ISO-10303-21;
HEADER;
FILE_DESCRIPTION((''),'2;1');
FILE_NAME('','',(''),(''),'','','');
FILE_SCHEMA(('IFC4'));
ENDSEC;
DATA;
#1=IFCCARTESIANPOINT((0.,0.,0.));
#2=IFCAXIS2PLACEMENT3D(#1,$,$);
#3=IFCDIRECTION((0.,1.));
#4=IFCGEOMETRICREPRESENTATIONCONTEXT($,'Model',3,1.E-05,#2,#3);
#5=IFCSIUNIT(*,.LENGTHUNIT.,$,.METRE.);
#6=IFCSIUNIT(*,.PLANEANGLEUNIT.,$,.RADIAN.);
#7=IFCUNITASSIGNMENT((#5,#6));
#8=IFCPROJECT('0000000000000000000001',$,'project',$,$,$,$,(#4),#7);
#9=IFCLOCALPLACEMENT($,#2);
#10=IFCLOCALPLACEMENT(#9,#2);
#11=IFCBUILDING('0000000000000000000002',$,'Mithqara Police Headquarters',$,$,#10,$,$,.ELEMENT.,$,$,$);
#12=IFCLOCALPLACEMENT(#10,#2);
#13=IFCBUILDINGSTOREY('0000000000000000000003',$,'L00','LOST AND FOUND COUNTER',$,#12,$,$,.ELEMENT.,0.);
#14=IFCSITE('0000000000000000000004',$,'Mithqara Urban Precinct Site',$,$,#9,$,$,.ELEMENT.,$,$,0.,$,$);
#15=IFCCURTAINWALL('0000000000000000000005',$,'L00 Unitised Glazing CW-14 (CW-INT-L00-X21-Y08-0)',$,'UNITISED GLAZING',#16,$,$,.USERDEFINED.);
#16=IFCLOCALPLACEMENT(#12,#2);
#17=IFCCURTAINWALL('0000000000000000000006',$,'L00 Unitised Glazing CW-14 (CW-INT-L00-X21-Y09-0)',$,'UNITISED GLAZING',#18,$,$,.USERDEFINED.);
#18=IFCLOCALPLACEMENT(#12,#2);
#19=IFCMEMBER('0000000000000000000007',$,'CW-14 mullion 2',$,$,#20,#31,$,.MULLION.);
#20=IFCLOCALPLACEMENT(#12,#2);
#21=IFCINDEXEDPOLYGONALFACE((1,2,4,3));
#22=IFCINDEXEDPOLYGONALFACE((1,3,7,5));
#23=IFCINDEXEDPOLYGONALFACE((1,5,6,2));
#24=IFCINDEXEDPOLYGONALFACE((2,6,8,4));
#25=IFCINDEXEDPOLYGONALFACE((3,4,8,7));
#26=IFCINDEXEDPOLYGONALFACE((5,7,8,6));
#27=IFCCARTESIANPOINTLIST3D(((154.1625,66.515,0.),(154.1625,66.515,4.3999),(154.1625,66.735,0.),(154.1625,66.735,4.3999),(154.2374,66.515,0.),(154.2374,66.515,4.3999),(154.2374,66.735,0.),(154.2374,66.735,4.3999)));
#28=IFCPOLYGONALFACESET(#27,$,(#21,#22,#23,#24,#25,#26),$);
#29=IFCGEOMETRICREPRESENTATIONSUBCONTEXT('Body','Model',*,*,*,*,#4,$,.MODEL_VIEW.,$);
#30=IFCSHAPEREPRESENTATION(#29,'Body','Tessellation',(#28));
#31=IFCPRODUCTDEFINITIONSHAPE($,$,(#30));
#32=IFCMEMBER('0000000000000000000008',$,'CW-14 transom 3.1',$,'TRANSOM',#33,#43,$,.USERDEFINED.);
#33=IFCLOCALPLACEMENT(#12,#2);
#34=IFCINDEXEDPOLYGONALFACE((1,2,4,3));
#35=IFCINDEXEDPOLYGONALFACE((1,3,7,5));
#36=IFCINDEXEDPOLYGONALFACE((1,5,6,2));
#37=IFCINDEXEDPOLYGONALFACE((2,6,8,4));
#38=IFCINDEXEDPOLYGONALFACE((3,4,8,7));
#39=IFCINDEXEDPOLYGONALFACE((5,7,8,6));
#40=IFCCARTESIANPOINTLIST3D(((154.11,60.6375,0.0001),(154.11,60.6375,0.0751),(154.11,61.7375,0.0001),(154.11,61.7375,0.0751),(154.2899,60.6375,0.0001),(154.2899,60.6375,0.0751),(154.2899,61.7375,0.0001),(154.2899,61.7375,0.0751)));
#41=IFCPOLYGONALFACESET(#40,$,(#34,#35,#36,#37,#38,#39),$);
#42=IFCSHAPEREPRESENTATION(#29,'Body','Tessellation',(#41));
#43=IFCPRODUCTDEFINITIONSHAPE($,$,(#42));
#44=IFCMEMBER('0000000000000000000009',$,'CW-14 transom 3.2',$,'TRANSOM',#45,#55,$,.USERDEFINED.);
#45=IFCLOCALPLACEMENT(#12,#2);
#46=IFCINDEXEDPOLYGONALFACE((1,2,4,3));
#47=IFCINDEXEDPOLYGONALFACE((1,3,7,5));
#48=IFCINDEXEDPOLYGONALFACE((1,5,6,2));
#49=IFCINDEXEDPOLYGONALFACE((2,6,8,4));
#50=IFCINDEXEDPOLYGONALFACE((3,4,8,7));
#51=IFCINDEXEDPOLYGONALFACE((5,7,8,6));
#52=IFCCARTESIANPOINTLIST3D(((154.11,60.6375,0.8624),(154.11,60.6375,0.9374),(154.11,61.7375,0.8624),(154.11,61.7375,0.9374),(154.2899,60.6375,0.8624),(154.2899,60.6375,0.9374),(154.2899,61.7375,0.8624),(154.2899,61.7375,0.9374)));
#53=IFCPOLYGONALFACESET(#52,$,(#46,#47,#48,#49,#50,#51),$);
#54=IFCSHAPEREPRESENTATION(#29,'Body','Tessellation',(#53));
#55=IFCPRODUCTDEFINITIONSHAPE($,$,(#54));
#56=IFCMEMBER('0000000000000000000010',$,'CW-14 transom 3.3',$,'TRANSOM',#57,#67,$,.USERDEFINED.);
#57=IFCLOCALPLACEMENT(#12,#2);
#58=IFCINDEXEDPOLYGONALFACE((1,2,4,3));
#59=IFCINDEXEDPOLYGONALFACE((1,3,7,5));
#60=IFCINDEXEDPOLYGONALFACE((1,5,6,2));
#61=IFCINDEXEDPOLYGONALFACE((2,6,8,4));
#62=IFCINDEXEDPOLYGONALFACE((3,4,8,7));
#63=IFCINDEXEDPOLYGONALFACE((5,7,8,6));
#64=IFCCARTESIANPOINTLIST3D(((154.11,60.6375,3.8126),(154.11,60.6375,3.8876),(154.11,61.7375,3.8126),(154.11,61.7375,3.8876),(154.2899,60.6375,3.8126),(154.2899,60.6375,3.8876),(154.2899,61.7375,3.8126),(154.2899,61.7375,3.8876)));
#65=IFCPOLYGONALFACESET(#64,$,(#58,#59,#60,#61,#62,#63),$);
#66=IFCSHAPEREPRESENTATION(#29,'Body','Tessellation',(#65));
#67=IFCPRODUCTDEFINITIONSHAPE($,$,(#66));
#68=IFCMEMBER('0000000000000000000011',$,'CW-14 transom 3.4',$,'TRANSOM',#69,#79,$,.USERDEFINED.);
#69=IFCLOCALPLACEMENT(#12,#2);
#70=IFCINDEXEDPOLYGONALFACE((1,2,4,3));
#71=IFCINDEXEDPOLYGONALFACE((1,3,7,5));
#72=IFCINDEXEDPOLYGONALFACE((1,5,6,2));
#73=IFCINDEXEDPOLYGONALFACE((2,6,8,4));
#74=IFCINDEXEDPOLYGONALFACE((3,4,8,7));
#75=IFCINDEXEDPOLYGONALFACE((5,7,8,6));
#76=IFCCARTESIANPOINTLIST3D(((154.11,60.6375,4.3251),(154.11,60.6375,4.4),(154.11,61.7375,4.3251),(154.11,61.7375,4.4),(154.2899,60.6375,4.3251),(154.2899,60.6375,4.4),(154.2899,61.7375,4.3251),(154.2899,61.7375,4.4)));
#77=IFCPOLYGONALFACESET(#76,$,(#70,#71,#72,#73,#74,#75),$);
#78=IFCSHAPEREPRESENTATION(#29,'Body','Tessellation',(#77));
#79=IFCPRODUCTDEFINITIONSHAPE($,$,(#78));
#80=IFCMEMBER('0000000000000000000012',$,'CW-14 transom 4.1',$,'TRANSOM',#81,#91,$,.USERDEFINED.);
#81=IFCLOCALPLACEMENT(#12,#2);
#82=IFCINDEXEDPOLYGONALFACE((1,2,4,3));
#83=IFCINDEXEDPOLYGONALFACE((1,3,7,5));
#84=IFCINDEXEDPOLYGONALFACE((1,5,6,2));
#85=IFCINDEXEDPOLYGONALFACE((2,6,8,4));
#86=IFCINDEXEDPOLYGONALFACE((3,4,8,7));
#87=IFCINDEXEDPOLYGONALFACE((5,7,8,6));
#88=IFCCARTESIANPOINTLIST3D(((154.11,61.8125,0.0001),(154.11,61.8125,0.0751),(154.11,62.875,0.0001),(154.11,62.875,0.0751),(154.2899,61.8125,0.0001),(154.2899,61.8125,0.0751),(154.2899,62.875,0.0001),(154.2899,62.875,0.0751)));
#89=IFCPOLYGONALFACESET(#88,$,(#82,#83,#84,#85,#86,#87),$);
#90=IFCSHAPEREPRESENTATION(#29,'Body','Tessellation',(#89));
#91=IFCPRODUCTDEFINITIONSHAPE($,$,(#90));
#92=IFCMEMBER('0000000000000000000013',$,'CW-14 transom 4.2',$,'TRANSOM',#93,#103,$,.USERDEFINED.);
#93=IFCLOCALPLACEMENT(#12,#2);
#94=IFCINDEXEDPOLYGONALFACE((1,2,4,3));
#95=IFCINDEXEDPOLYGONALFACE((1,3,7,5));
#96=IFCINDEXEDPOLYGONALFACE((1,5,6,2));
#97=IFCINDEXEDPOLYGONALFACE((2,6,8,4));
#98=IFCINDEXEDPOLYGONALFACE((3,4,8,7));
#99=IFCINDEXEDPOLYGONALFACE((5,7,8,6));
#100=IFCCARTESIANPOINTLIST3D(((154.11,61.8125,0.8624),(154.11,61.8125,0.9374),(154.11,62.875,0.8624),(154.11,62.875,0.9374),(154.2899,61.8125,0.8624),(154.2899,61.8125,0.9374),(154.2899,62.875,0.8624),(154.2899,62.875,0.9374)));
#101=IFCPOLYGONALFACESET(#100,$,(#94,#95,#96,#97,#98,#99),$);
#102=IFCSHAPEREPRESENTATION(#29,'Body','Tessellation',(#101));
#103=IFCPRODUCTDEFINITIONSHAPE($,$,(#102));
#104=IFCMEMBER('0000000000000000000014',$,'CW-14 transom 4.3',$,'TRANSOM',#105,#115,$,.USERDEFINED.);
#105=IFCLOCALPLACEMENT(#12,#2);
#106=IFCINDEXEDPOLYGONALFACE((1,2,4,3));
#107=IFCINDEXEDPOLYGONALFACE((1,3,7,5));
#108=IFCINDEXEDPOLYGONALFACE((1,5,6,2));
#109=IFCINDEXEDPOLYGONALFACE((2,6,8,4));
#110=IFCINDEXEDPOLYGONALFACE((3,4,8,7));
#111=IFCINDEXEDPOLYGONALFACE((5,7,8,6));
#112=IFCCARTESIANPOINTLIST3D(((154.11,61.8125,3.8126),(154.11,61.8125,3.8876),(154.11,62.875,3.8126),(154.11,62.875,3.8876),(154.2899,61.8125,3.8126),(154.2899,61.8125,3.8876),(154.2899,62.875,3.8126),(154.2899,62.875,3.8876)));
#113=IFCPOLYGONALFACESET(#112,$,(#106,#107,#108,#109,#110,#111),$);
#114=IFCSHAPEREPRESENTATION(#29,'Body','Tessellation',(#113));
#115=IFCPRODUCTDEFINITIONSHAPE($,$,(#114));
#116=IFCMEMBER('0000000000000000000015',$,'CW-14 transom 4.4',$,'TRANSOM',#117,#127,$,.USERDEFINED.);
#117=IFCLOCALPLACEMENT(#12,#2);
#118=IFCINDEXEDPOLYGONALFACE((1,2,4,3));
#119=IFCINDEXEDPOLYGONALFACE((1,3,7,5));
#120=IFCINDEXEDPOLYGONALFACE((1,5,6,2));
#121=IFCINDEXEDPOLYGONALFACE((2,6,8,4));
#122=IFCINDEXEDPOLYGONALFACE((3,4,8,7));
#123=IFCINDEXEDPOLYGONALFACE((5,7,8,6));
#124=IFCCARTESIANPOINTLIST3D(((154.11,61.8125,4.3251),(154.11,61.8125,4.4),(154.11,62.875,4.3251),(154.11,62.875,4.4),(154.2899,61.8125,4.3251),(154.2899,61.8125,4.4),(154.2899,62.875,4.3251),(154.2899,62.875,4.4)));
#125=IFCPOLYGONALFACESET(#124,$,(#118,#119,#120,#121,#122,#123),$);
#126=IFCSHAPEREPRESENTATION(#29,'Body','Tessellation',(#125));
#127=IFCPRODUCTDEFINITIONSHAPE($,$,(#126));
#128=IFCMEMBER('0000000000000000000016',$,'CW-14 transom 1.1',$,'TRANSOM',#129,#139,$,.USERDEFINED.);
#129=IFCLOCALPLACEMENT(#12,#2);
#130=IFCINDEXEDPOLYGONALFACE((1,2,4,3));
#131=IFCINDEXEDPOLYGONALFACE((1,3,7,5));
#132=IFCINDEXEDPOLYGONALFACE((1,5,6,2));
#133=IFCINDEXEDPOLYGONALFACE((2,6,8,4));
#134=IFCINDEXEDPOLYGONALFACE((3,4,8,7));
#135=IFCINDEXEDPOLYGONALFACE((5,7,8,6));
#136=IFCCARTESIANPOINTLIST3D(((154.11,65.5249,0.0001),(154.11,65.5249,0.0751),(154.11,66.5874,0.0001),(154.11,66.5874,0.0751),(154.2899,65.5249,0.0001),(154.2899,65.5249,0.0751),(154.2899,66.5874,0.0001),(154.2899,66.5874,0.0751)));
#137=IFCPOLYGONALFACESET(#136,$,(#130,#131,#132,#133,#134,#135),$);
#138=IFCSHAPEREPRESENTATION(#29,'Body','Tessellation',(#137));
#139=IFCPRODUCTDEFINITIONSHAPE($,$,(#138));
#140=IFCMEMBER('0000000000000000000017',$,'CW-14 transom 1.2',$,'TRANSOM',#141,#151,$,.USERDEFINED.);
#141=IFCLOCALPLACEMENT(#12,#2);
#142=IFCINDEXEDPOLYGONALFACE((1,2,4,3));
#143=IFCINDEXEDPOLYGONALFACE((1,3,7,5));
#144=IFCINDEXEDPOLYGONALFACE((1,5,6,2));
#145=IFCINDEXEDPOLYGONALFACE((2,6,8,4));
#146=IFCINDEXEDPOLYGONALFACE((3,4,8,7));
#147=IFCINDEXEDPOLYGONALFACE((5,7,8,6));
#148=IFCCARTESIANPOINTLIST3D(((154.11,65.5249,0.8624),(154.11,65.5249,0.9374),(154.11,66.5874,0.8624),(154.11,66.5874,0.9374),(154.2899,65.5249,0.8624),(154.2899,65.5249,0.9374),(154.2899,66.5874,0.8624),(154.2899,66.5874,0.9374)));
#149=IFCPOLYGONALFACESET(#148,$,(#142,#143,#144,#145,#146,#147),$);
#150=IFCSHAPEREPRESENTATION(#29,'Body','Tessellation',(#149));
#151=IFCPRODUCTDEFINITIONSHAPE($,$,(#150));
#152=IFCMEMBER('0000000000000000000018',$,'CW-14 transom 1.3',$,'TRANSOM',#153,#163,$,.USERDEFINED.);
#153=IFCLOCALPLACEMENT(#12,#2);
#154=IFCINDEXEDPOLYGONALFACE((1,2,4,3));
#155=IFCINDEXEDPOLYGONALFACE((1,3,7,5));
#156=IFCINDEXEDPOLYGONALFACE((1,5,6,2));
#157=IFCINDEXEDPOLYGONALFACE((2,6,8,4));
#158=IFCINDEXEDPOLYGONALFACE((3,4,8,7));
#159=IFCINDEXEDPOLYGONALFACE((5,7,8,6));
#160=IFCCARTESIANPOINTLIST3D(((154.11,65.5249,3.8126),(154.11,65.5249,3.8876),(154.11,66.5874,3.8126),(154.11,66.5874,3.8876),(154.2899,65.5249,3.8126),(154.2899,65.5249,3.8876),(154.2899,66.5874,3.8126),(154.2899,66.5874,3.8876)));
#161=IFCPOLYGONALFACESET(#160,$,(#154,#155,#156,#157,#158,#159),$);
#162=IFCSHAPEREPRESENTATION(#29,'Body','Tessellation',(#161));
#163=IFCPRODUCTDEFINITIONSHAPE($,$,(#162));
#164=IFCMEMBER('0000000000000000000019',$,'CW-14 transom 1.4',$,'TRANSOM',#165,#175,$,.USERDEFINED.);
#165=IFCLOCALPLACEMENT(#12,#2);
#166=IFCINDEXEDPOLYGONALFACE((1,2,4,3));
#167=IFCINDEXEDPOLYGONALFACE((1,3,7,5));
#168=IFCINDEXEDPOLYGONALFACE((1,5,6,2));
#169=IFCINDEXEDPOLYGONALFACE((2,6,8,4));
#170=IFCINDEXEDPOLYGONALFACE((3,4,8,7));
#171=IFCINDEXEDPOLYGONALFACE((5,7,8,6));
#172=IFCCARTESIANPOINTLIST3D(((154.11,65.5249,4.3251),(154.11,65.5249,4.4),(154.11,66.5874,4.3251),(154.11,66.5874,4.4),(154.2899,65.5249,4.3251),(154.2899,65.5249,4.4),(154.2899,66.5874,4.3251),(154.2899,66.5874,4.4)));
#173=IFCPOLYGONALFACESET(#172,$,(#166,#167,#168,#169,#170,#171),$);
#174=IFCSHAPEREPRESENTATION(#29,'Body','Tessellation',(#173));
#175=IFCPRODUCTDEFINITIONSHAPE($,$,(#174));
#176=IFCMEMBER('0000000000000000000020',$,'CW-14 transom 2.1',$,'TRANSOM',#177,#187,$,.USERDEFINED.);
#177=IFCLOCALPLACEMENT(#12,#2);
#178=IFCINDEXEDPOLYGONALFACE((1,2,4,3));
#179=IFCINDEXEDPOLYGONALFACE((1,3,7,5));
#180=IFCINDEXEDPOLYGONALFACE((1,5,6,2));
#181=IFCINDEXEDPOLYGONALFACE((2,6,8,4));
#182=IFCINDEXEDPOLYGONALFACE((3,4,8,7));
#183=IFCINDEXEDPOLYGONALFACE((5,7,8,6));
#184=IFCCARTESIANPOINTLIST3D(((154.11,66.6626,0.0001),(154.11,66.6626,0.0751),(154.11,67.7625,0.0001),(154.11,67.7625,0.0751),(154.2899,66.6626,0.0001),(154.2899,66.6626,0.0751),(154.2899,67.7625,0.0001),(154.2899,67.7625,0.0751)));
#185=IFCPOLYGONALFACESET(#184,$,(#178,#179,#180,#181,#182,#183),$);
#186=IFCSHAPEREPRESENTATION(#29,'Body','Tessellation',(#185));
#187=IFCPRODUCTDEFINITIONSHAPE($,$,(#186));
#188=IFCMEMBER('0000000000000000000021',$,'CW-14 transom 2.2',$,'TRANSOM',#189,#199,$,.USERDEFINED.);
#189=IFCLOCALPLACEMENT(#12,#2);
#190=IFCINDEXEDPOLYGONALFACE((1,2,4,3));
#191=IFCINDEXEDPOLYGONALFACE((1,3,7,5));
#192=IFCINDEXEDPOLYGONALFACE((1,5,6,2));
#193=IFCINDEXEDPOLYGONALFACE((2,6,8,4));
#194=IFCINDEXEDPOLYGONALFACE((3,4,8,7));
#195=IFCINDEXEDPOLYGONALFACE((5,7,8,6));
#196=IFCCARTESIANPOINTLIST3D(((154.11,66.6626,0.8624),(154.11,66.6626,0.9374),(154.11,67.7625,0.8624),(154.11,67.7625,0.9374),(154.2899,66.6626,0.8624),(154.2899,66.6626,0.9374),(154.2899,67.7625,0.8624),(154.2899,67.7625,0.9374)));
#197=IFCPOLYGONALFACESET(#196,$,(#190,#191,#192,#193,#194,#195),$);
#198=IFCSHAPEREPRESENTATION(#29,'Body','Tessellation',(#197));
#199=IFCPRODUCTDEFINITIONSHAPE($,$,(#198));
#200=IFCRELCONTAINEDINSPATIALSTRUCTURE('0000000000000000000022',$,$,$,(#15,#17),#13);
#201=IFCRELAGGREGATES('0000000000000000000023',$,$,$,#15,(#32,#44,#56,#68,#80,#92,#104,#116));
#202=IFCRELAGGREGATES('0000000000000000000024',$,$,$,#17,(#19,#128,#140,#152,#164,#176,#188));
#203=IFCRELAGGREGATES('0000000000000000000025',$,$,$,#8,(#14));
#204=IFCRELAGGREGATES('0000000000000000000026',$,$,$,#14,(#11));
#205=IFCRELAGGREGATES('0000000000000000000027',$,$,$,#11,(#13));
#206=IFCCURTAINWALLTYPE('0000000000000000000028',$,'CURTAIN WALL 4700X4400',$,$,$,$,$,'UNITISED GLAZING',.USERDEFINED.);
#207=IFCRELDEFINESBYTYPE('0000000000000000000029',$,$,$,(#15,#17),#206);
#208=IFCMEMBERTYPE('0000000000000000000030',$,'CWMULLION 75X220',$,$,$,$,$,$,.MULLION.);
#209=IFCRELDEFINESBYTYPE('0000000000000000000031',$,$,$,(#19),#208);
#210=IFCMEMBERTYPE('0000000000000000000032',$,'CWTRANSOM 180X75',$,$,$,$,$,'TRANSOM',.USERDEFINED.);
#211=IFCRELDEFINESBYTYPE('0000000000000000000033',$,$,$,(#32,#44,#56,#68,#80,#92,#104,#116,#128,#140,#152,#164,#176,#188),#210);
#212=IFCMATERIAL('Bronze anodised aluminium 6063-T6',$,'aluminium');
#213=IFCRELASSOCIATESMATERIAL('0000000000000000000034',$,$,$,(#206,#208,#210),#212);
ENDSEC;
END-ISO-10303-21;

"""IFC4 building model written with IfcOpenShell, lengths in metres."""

from ifc_helpers import new_model, si_unit, direction, frame, origin, origin_2d, place, context, subcontext, project, spatial, rectangle, extrude, material, material_profile, profile_set, type_object, element, aggregate, save


model = new_model("IFC4")

# Units and contexts
model_context = context("Model", 3, precision=1e-05, world=origin(), true_north=direction((0.0, 1.0)))
body_context = subcontext(model_context, "Body", "Model", "MODEL_VIEW")
ifc_project = project(units=[si_unit("LENGTHUNIT", "METRE"), si_unit("PLANEANGLEUNIT", "RADIAN")], contexts=[model_context])

# Site, building, storey
site_placement = place(None, origin())
site = spatial("IfcSite", under=ifc_project, at=site_placement, Name="Mithqara Urban Precinct Site", CompositionType="ELEMENT", RefElevation=0.0)
building_placement = place(site_placement, origin())
building = spatial("IfcBuilding", under=site, at=building_placement, Name="Mithqara Police Headquarters", CompositionType="ELEMENT")
storey_placement = place(building_placement, origin())
storey = spatial("IfcBuildingStorey", under=building, at=storey_placement, Name="L00", Description="LOST AND FOUND COUNTER", CompositionType="ELEMENT", Elevation=0.0)

# Curtain walls, member
ifc_material_1 = material(Name="Bronze anodised aluminium 6063-T6", Category="aluminium")
curtain_wall_type = type_object("IfcCurtainWallType", Name="CURTAIN WALL 4700X4400", ElementType="UNITISED GLAZING", PredefinedType="USERDEFINED", material=ifc_material_1)
curtain_wall_1_placement = place(storey_placement, origin())
curtain_wall_1 = element("IfcCurtainWall", 1, at=curtain_wall_1_placement, inside=storey, type_object=curtain_wall_type, Name="L00 Unitised Glazing CW-14 (CW-INT-L00-X21-Y08-0)", ObjectType="UNITISED GLAZING", PredefinedType="USERDEFINED")
ifc_material_profile_1 = material_profile(ifc_material_1, rectangle(XDim=0.075, YDim=0.22, at=origin_2d()), Name="CWM 75x220")
ifc_profile_set_1 = profile_set([ifc_material_profile_1], Name="Bronze anodised aluminium 6063-T6")
member_type_1 = type_object("IfcMemberType", Name="CWMULLION 75X220", PredefinedType="MULLION", material=ifc_profile_set_1)
curtain_wall_2_placement = place(storey_placement, origin())
curtain_wall_2 = element("IfcCurtainWall", 2, at=curtain_wall_2_placement, inside=storey, type_object=curtain_wall_type, Name="L00 Unitised Glazing CW-14 (CW-INT-L00-X21-Y09-0)", ObjectType="UNITISED GLAZING", PredefinedType="USERDEFINED")
member_1_placement = place(storey_placement, frame((154.2, 66.625, 0.0), z_axis=(0.0, 0.0, 1.0), x_axis=(-1.0, 0.0, 0.0)))
member_1 = element("IfcMember", 3, at=member_1_placement, type_object=member_type_1, Name="CW-14 mullion 2", PredefinedType="MULLION", context=body_context, shape_type="SweptSolid", body=[
    extrude(rectangle(XDim=0.075, YDim=0.22, at=origin_2d()), origin(), (0.0, 0.0, 1.0), 4.3999),
])

# Members
ifc_material_profile_2 = material_profile(ifc_material_1, rectangle(XDim=0.1799, YDim=0.075, at=origin_2d()), Name="CWT 180x75")
ifc_profile_set_2 = profile_set([ifc_material_profile_2], Name="Bronze anodised aluminium 6063-T6")
member_type_2 = type_object("IfcMemberType", Name="CWTRANSOM 180X75", ElementType="TRANSOM", PredefinedType="USERDEFINED", material=ifc_profile_set_2)
member_2_placement = place(storey_placement, frame((154.2, 60.6375, 0.0376), z_axis=(0.0, 1.0, 0.0), x_axis=(-1.0, 0.0, 0.0)))
member_2 = element("IfcMember", 4, at=member_2_placement, type_object=member_type_2, Name="CW-14 transom 3.1", ObjectType="TRANSOM", PredefinedType="USERDEFINED", context=body_context, shape_type="SweptSolid", body=[
    extrude(rectangle(XDim=0.1799, YDim=0.075, at=origin_2d()), origin(), (0.0, 0.0, 1.0), 1.1001),
])
member_3_placement = place(storey_placement, frame((154.2, 60.6375, 0.8999), z_axis=(0.0, 1.0, 0.0), x_axis=(-1.0, 0.0, 0.0)))
member_3 = element("IfcMember", 5, at=member_3_placement, type_object=member_type_2, Name="CW-14 transom 3.2", ObjectType="TRANSOM", PredefinedType="USERDEFINED", context=body_context, shape_type="SweptSolid", body=[
    extrude(rectangle(XDim=0.1799, YDim=0.075, at=origin_2d()), origin(), (0.0, 0.0, 1.0), 1.1001),
])
member_4_placement = place(storey_placement, frame((154.2, 60.6375, 3.8501), z_axis=(0.0, 1.0, 0.0), x_axis=(-1.0, 0.0, 0.0)))
member_4 = element("IfcMember", 6, at=member_4_placement, type_object=member_type_2, Name="CW-14 transom 3.3", ObjectType="TRANSOM", PredefinedType="USERDEFINED", context=body_context, shape_type="SweptSolid", body=[
    extrude(rectangle(XDim=0.1799, YDim=0.075, at=origin_2d()), origin(), (0.0, 0.0, 1.0), 1.1001),
])
member_5_placement = place(storey_placement, frame((154.2, 60.6375, 4.3625), z_axis=(0.0, 1.0, 0.0), x_axis=(-1.0, 0.0, 0.0)))
member_5 = element("IfcMember", 7, at=member_5_placement, type_object=member_type_2, Name="CW-14 transom 3.4", ObjectType="TRANSOM", PredefinedType="USERDEFINED", context=body_context, shape_type="SweptSolid", body=[
    extrude(rectangle(XDim=0.1799, YDim=0.075, at=origin_2d()), origin(), (0.0, 0.0, 1.0), 1.1001),
])
member_6_placement = place(storey_placement, frame((154.2, 61.8125, 0.0376), z_axis=(0.0, 1.0, 0.0), x_axis=(-1.0, 0.0, 0.0)))
member_6 = element("IfcMember", 8, at=member_6_placement, type_object=member_type_2, Name="CW-14 transom 4.1", ObjectType="TRANSOM", PredefinedType="USERDEFINED", context=body_context, shape_type="SweptSolid", body=[
    extrude(rectangle(XDim=0.1799, YDim=0.075, at=origin_2d()), origin(), (0.0, 0.0, 1.0), 1.0625),
])
member_7_placement = place(storey_placement, frame((154.2, 61.8125, 0.8999), z_axis=(0.0, 1.0, 0.0), x_axis=(-1.0, 0.0, 0.0)))
member_7 = element("IfcMember", 9, at=member_7_placement, type_object=member_type_2, Name="CW-14 transom 4.2", ObjectType="TRANSOM", PredefinedType="USERDEFINED", context=body_context, shape_type="SweptSolid", body=[
    extrude(rectangle(XDim=0.1799, YDim=0.075, at=origin_2d()), origin(), (0.0, 0.0, 1.0), 1.0625),
])
member_8_placement = place(storey_placement, frame((154.2, 61.8125, 3.8501), z_axis=(0.0, 1.0, 0.0), x_axis=(-1.0, 0.0, 0.0)))
member_8 = element("IfcMember", 10, at=member_8_placement, type_object=member_type_2, Name="CW-14 transom 4.3", ObjectType="TRANSOM", PredefinedType="USERDEFINED", context=body_context, shape_type="SweptSolid", body=[
    extrude(rectangle(XDim=0.1799, YDim=0.075, at=origin_2d()), origin(), (0.0, 0.0, 1.0), 1.0625),
])
member_9_placement = place(storey_placement, frame((154.2, 61.8125, 4.3625), z_axis=(0.0, 1.0, 0.0), x_axis=(-1.0, 0.0, 0.0)))
member_9 = element("IfcMember", 11, at=member_9_placement, type_object=member_type_2, Name="CW-14 transom 4.4", ObjectType="TRANSOM", PredefinedType="USERDEFINED", context=body_context, shape_type="SweptSolid", body=[
    extrude(rectangle(XDim=0.1799, YDim=0.075, at=origin_2d()), origin(), (0.0, 0.0, 1.0), 1.0625),
])
member_10_placement = place(storey_placement, frame((154.2, 65.5249, 0.0376), z_axis=(0.0, 1.0, 0.0), x_axis=(-1.0, 0.0, 0.0)))
member_10 = element("IfcMember", 12, at=member_10_placement, type_object=member_type_2, Name="CW-14 transom 1.1", ObjectType="TRANSOM", PredefinedType="USERDEFINED", context=body_context, shape_type="SweptSolid", body=[
    extrude(rectangle(XDim=0.1799, YDim=0.075, at=origin_2d()), origin(), (0.0, 0.0, 1.0), 1.0625),
])
member_11_placement = place(storey_placement, frame((154.2, 65.5249, 0.8999), z_axis=(0.0, 1.0, 0.0), x_axis=(-1.0, 0.0, 0.0)))
member_11 = element("IfcMember", 13, at=member_11_placement, type_object=member_type_2, Name="CW-14 transom 1.2", ObjectType="TRANSOM", PredefinedType="USERDEFINED", context=body_context, shape_type="SweptSolid", body=[
    extrude(rectangle(XDim=0.1799, YDim=0.075, at=origin_2d()), origin(), (0.0, 0.0, 1.0), 1.0625),
])
member_12_placement = place(storey_placement, frame((154.2, 65.5249, 3.8501), z_axis=(0.0, 1.0, 0.0), x_axis=(-1.0, 0.0, 0.0)))
member_12 = element("IfcMember", 14, at=member_12_placement, type_object=member_type_2, Name="CW-14 transom 1.3", ObjectType="TRANSOM", PredefinedType="USERDEFINED", context=body_context, shape_type="SweptSolid", body=[
    extrude(rectangle(XDim=0.1799, YDim=0.075, at=origin_2d()), origin(), (0.0, 0.0, 1.0), 1.0625),
])
member_13_placement = place(storey_placement, frame((154.2, 65.5249, 4.3625), z_axis=(0.0, 1.0, 0.0), x_axis=(-1.0, 0.0, 0.0)))
member_13 = element("IfcMember", 15, at=member_13_placement, type_object=member_type_2, Name="CW-14 transom 1.4", ObjectType="TRANSOM", PredefinedType="USERDEFINED", context=body_context, shape_type="SweptSolid", body=[
    extrude(rectangle(XDim=0.1799, YDim=0.075, at=origin_2d()), origin(), (0.0, 0.0, 1.0), 1.0625),
])
member_14_placement = place(storey_placement, frame((154.2, 66.6626, 0.0376), z_axis=(0.0, 1.0, 0.0), x_axis=(-1.0, 0.0, 0.0)))
member_14 = element("IfcMember", 16, at=member_14_placement, type_object=member_type_2, Name="CW-14 transom 2.1", ObjectType="TRANSOM", PredefinedType="USERDEFINED", context=body_context, shape_type="SweptSolid", body=[
    extrude(rectangle(XDim=0.1799, YDim=0.075, at=origin_2d()), origin(), (0.0, 0.0, 1.0), 1.0999),
])
member_15_placement = place(storey_placement, frame((154.2, 66.6626, 0.8999), z_axis=(0.0, 1.0, 0.0), x_axis=(-1.0, 0.0, 0.0)))
member_15 = element("IfcMember", 17, at=member_15_placement, type_object=member_type_2, Name="CW-14 transom 2.2", ObjectType="TRANSOM", PredefinedType="USERDEFINED", context=body_context, shape_type="SweptSolid", body=[
    extrude(rectangle(XDim=0.1799, YDim=0.075, at=origin_2d()), origin(), (0.0, 0.0, 1.0), 1.0999),
])

aggregate(curtain_wall_1, [member_2, member_3, member_4, member_5, member_6, member_7, member_8, member_9])
aggregate(curtain_wall_2, [member_1, member_10, member_11, member_12, member_13, member_14, member_15])

save(model, "model.ifc")
